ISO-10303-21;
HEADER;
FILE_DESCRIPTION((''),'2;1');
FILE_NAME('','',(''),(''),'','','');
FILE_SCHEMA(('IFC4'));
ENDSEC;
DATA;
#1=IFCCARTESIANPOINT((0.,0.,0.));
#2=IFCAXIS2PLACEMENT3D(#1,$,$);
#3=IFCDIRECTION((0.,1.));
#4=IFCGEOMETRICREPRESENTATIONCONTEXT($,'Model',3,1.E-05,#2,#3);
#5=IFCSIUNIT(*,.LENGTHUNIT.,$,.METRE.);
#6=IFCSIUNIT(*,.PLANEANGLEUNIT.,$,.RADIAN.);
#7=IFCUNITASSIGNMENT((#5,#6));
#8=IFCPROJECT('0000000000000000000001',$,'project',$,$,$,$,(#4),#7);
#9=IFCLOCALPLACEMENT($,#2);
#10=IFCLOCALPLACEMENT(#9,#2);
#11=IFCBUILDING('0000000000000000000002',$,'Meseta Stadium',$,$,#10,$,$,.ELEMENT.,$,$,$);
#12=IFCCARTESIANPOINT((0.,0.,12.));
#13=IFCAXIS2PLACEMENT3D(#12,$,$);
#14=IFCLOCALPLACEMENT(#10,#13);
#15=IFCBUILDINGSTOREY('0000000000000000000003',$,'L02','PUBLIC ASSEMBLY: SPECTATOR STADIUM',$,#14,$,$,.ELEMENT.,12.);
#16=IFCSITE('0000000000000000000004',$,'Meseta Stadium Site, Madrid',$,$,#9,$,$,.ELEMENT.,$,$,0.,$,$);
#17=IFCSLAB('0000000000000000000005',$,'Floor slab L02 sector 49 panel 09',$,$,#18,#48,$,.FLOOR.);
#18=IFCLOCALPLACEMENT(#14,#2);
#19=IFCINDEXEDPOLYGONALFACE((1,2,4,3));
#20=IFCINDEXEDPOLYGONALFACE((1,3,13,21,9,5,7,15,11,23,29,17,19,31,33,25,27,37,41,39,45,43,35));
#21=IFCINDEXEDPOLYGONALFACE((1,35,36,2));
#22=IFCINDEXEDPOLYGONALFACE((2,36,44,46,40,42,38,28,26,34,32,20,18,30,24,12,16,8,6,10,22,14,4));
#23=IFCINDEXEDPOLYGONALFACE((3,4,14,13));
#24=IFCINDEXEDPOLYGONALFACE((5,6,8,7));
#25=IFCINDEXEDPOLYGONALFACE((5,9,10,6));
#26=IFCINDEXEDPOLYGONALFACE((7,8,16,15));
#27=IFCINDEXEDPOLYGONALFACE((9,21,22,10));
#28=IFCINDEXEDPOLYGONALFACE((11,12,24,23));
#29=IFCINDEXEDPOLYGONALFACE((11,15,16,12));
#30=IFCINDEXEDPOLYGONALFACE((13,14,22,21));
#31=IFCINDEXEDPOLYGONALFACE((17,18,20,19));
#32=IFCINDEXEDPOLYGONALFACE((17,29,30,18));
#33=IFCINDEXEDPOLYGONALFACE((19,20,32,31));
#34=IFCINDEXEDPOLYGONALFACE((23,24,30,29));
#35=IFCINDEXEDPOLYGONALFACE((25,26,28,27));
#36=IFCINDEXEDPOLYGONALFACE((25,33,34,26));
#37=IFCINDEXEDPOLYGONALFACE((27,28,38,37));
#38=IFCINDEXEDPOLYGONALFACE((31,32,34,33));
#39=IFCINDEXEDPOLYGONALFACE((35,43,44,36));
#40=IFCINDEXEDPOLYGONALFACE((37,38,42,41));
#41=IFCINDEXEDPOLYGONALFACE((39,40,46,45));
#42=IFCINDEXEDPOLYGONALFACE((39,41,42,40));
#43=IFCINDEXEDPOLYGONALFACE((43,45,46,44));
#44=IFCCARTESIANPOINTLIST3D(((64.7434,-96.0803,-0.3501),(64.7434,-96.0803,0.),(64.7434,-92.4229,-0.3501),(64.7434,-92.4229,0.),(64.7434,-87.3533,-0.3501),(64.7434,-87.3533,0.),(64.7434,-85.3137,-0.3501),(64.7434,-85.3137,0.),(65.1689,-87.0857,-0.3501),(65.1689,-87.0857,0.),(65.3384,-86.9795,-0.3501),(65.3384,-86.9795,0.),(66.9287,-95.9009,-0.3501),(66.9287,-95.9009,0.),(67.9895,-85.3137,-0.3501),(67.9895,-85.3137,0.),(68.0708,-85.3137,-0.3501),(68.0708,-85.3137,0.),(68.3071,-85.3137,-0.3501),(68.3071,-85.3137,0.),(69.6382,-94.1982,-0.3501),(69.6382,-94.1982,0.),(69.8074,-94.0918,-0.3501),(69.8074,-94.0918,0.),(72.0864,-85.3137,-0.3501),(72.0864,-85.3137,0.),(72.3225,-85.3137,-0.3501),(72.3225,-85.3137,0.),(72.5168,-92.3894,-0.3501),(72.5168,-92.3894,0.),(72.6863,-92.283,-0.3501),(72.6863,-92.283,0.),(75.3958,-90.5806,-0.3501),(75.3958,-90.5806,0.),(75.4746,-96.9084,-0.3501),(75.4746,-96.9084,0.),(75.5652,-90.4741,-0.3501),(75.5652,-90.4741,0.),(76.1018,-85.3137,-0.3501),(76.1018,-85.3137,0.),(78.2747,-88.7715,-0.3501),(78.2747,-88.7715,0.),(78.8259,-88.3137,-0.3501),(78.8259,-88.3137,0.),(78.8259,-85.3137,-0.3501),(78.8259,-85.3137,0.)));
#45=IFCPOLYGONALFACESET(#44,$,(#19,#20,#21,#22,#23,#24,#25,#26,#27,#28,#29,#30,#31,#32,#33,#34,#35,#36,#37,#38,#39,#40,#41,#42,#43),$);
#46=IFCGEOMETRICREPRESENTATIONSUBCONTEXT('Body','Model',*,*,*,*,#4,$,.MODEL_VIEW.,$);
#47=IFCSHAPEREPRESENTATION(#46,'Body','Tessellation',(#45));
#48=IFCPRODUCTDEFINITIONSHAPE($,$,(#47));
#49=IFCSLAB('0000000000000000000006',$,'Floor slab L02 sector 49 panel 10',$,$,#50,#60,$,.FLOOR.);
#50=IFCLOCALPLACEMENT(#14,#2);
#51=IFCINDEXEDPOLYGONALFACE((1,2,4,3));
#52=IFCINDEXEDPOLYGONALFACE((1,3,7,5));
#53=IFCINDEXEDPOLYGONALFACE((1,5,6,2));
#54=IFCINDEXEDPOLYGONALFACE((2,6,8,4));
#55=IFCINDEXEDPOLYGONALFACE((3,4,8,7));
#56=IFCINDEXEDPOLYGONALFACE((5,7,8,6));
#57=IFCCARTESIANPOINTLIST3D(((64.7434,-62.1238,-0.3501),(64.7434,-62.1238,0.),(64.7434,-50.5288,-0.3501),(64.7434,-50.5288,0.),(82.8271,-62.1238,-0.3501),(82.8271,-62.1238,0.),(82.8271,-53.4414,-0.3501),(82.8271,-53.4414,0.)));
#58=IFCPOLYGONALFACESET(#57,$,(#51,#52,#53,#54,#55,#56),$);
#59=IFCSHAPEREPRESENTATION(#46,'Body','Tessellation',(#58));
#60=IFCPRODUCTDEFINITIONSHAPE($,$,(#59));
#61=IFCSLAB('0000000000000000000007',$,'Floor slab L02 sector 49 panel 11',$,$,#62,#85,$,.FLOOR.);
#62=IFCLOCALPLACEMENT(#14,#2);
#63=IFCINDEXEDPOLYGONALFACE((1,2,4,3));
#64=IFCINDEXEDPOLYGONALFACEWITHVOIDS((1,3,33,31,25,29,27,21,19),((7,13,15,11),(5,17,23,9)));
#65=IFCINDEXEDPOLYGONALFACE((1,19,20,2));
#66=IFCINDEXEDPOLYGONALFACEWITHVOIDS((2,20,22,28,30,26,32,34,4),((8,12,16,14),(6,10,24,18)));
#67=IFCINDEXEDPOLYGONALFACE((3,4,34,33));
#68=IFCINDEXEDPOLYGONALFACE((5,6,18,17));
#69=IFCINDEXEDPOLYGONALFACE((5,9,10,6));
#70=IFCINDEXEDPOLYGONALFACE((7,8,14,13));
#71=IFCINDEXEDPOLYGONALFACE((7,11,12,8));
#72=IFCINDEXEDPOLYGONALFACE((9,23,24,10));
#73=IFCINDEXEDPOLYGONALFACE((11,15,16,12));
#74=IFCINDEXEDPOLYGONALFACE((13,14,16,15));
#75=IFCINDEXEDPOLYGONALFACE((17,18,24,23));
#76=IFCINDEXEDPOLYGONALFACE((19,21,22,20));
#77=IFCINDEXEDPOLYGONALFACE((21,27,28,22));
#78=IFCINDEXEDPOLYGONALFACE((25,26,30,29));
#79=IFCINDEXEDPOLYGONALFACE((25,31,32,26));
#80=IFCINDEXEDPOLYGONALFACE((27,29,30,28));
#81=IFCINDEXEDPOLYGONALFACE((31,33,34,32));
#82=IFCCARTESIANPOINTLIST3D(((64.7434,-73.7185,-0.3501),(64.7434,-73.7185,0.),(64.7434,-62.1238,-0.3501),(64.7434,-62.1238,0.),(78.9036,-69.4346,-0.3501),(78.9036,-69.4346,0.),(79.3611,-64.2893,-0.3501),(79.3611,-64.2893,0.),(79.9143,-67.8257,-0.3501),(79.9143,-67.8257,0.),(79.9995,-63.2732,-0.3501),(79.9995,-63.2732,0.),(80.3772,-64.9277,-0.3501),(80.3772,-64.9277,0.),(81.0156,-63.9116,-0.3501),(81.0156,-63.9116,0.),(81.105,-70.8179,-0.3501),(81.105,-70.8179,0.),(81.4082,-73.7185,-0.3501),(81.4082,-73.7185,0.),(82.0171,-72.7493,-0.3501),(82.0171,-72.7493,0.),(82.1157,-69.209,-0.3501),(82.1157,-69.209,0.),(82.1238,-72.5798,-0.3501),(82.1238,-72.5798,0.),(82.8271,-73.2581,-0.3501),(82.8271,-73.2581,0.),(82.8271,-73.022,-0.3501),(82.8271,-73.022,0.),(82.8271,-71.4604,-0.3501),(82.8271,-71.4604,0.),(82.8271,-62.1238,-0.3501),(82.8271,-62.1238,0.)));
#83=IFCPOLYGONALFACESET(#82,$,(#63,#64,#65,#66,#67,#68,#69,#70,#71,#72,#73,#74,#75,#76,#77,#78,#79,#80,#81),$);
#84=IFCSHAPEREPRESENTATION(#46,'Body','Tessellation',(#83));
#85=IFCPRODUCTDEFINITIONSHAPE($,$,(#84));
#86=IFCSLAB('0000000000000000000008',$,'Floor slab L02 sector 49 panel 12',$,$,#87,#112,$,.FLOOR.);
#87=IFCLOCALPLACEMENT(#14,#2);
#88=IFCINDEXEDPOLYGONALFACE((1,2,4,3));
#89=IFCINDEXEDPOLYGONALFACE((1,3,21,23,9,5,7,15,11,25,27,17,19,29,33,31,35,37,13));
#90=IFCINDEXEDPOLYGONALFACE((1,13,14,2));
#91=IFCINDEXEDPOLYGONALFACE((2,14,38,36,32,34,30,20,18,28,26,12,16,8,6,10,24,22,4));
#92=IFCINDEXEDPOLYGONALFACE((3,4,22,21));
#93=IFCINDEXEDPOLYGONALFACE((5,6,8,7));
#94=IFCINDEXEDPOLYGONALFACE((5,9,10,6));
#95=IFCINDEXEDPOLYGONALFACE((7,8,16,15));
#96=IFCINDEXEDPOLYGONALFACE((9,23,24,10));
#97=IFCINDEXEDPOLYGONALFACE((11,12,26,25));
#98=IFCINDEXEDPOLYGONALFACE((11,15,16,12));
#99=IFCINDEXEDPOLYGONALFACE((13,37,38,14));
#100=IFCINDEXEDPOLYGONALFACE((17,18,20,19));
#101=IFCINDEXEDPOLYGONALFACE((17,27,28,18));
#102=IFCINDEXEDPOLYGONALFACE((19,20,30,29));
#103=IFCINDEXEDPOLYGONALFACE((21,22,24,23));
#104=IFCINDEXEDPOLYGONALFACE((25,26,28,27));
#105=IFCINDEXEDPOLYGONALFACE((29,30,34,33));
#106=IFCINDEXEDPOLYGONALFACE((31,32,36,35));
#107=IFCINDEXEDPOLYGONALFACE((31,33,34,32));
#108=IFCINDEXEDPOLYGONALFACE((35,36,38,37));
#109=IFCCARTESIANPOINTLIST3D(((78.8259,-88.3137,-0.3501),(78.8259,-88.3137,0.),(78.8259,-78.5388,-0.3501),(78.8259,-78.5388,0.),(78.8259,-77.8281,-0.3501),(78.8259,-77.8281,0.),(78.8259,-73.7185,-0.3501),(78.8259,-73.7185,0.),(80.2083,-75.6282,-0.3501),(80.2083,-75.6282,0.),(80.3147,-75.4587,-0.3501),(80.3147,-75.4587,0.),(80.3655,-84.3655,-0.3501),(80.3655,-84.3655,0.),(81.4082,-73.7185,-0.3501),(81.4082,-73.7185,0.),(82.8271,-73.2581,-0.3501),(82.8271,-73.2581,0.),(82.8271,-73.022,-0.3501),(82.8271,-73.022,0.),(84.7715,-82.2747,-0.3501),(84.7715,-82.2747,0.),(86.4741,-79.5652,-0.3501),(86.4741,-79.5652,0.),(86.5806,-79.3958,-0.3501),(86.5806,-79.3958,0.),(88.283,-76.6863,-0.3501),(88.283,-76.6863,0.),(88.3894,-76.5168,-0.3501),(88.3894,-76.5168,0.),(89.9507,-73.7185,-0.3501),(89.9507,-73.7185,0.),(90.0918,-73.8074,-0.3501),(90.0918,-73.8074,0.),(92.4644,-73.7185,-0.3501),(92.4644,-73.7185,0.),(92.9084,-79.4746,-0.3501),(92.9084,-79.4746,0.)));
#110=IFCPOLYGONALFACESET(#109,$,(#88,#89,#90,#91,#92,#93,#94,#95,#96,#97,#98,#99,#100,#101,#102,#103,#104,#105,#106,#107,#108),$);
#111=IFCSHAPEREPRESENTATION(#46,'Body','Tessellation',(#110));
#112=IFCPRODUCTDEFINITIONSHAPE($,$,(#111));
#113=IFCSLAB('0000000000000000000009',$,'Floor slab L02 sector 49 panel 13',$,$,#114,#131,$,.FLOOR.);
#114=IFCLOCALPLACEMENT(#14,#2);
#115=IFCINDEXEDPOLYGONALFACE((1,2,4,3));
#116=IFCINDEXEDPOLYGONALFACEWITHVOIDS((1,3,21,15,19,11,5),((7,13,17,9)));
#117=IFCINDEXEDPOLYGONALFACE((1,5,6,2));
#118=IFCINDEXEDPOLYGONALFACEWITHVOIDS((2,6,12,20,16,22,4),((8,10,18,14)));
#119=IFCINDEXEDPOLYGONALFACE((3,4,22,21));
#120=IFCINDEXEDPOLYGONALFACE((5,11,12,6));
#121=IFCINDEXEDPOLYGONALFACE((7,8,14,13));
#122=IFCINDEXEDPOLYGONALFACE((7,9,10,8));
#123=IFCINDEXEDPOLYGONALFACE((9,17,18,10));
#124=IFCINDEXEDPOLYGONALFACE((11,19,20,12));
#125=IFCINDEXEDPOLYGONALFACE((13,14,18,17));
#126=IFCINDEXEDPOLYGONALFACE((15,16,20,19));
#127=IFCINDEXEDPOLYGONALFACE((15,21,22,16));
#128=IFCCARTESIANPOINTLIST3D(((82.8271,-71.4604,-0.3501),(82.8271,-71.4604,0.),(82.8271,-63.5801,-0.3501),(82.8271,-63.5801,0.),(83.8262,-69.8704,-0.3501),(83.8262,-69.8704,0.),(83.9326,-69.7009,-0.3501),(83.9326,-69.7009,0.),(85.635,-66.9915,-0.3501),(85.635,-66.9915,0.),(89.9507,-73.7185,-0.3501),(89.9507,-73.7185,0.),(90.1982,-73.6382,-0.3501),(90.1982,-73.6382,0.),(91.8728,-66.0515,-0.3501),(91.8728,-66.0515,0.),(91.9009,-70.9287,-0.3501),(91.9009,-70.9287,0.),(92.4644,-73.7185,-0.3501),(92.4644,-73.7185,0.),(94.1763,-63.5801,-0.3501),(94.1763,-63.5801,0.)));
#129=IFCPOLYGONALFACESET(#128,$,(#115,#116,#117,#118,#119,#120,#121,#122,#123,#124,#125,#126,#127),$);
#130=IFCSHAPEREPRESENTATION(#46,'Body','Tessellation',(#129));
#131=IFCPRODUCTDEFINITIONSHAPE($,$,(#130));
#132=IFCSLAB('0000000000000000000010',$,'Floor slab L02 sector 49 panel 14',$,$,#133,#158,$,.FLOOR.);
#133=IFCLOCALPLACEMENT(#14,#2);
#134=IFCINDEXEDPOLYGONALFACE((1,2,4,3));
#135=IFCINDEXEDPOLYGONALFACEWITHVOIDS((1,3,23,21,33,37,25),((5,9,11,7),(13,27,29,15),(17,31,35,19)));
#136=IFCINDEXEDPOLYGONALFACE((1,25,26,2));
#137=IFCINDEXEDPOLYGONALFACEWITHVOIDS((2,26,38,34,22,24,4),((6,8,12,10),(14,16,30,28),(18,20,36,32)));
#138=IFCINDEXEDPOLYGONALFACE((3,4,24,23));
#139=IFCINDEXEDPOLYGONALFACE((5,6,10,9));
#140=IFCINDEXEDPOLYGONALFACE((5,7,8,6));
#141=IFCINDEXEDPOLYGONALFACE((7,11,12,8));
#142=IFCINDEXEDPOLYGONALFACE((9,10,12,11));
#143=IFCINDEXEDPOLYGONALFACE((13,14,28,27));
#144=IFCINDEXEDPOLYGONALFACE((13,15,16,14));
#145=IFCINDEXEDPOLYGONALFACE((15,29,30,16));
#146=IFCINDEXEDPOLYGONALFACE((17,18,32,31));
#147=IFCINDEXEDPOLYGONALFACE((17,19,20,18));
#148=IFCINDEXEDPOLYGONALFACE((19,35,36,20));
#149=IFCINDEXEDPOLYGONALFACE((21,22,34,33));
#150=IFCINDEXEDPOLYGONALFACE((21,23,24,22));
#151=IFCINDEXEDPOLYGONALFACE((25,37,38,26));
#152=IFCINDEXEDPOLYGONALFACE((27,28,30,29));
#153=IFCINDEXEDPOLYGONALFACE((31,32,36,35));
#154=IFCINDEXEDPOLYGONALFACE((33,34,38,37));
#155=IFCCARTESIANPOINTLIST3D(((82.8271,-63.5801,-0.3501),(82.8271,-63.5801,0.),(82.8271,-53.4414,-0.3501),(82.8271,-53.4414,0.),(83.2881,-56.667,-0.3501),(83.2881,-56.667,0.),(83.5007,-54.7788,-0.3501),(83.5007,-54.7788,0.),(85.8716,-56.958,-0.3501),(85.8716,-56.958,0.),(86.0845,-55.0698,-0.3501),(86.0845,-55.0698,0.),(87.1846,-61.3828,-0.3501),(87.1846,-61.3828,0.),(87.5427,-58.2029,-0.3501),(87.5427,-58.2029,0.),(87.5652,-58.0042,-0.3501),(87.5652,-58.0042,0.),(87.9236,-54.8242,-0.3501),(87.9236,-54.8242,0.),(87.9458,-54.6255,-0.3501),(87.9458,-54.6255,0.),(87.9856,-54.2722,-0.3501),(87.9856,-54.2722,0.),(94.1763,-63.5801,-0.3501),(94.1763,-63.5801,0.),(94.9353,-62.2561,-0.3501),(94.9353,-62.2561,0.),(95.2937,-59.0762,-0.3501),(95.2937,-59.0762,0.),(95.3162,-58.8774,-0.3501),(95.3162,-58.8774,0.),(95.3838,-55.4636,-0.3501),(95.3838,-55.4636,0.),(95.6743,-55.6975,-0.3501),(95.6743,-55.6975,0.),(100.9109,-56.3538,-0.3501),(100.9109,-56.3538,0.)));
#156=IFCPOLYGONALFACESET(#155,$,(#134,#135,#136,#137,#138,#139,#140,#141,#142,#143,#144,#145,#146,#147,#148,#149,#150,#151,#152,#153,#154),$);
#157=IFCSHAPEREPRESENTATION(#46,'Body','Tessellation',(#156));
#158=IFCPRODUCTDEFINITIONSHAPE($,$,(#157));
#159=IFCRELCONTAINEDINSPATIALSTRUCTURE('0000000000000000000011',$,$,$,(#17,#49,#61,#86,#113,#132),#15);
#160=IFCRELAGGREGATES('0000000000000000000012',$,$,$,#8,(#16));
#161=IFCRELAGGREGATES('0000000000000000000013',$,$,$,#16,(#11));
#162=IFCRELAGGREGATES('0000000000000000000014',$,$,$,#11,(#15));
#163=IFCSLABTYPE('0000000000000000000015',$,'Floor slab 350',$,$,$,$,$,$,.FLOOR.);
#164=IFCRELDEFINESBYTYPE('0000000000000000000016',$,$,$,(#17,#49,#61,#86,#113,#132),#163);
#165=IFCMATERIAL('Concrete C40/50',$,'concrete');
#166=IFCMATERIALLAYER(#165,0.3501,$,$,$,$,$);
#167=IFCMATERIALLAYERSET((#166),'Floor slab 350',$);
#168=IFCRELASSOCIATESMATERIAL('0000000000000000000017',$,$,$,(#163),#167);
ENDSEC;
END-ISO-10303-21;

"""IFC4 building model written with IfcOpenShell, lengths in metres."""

from ifc_helpers import new_model, si_unit, direction, frame, origin, place, context, subcontext, project, spatial, polyline, outline, extrude, material, layer, layer_set, type_object, element, save


model = new_model("IFC4")

# Units and contexts
model_context = context("Model", 3, precision=1e-05, world=origin(), true_north=direction((0.0, 1.0)))
body_context = subcontext(model_context, "Body", "Model", "MODEL_VIEW")
ifc_project = project(units=[si_unit("LENGTHUNIT", "METRE"), si_unit("PLANEANGLEUNIT", "RADIAN")], contexts=[model_context])

# Site, building, storey
site_placement = place(None, origin())
site = spatial("IfcSite", under=ifc_project, at=site_placement, Name="Meseta Stadium Site, Madrid", CompositionType="ELEMENT", RefElevation=0.0)
building_placement = place(site_placement, origin())
building = spatial("IfcBuilding", under=site, at=building_placement, Name="Meseta Stadium", CompositionType="ELEMENT")
storey_placement = place(building_placement, frame((0.0, 0.0, 12.0)))
storey = spatial("IfcBuildingStorey", under=building, at=storey_placement, Name="L02", Description="PUBLIC ASSEMBLY: SPECTATOR STADIUM", CompositionType="ELEMENT", Elevation=12.0)

# Slabs
ifc_material_1 = material(Name="Concrete C40/50", Category="concrete")
ifc_layer_1 = layer(ifc_material_1, 0.3501)
ifc_layer_set_1 = layer_set([ifc_layer_1], Name="Floor slab 350")
slab_type_1 = type_object("IfcSlabType", Name="Floor slab 350", PredefinedType="FLOOR", material=ifc_layer_set_1)
slab_1_placement = place(storey_placement, frame((0.0, 0.0, -0.3501)))
element("IfcSlab", 1, at=slab_1_placement, inside=storey, type_object=slab_type_1, Name="Floor slab L02 sector 49 panel 09", PredefinedType="FLOOR", context=body_context, shape_type="SweptSolid", body=[
    extrude(outline(polyline([(64.7434, -92.4229), (64.7434, -96.0803), (75.4746, -96.9084), (78.8259, -88.3137), (78.8259, -85.3137), (76.1018, -85.3137), (78.2747, -88.7715), (75.5652, -90.4741), (72.3225, -85.3137), (72.0864, -85.3137), (75.3958, -90.5806), (72.6863, -92.283), (68.3071, -85.3137), (68.0708, -85.3137), (72.5168, -92.3894), (69.8074, -94.0918), (65.3384, -86.9795), (67.9895, -85.3137), (64.7434, -85.3137), (64.7434, -87.3533), (65.1689, -87.0857), (69.6382, -94.1982), (66.9287, -95.9009), (64.7434, -92.4229)])), origin(), (0.0, 0.0, 1.0), 0.3501),
])
slab_2_placement = place(storey_placement, frame((0.0, 0.0, -0.3501)))
element("IfcSlab", 2, at=slab_2_placement, inside=storey, type_object=slab_type_1, Name="Floor slab L02 sector 49 panel 10", PredefinedType="FLOOR", context=body_context, shape_type="SweptSolid", body=[
    extrude(outline(polyline([(82.8271, -53.4414), (64.7434, -50.5288), (64.7434, -62.1238), (82.8271, -62.1238), (82.8271, -53.4414)])), origin(), (0.0, 0.0, 1.0), 0.3501),
])
slab_3_placement = place(storey_placement, frame((0.0, 0.0, -0.3501)))
element("IfcSlab", 3, at=slab_3_placement, inside=storey, type_object=slab_type_1, Name="Floor slab L02 sector 49 panel 11", PredefinedType="FLOOR", context=body_context, shape_type="SweptSolid", body=[
    extrude(outline(polyline([(82.8271, -73.2581), (82.8271, -73.022), (82.1238, -72.5798), (82.8271, -71.4604), (82.8271, -62.1238), (64.7434, -62.1238), (64.7434, -73.7185), (81.4082, -73.7185), (82.0171, -72.7493), (82.8271, -73.2581)]), holes=[polyline([(82.1157, -69.209), (81.105, -70.8179), (78.9036, -69.4346), (79.9143, -67.8257), (82.1157, -69.209)]), polyline([(79.9995, -63.2732), (81.0156, -63.9116), (80.3772, -64.9277), (79.3611, -64.2893), (79.9995, -63.2732)])]), origin(), (0.0, 0.0, 1.0), 0.3501),
])
slab_4_placement = place(storey_placement, frame((0.0, 0.0, -0.3501)))
element("IfcSlab", 4, at=slab_4_placement, inside=storey, type_object=slab_type_1, Name="Floor slab L02 sector 49 panel 12", PredefinedType="FLOOR", context=body_context, shape_type="SweptSolid", body=[
    extrude(outline(polyline([(82.8271, -73.022), (82.8271, -73.2581), (88.283, -76.6863), (86.5806, -79.3958), (80.3147, -75.4587), (81.4082, -73.7185), (78.8259, -73.7185), (78.8259, -77.8281), (80.2083, -75.6282), (86.4741, -79.5652), (84.7715, -82.2747), (78.8259, -78.5388), (78.8259, -88.3137), (80.3655, -84.3655), (92.9084, -79.4746), (92.4644, -73.7185), (89.9507, -73.7185), (90.0918, -73.8074), (88.3894, -76.5168), (82.8271, -73.022)])), origin(), (0.0, 0.0, 1.0), 0.3501),
])
slab_5_placement = place(storey_placement, frame((0.0, 0.0, -0.3501)))
element("IfcSlab", 5, at=slab_5_placement, inside=storey, type_object=slab_type_1, Name="Floor slab L02 sector 49 panel 13", PredefinedType="FLOOR", context=body_context, shape_type="SweptSolid", body=[
    extrude(outline(polyline([(92.4644, -73.7185), (91.8728, -66.0515), (94.1763, -63.5801), (82.8271, -63.5801), (82.8271, -71.4604), (83.8262, -69.8704), (89.9507, -73.7185), (92.4644, -73.7185)]), holes=[polyline([(85.635, -66.9915), (91.9009, -70.9287), (90.1982, -73.6382), (83.9326, -69.7009), (85.635, -66.9915)])]), origin(), (0.0, 0.0, 1.0), 0.3501),
])
slab_6_placement = place(storey_placement, frame((0.0, 0.0, -0.3501)))
element("IfcSlab", 6, at=slab_6_placement, inside=storey, type_object=slab_type_1, Name="Floor slab L02 sector 49 panel 14", PredefinedType="FLOOR", context=body_context, shape_type="SweptSolid", body=[
    extrude(outline(polyline([(94.1763, -63.5801), (100.9109, -56.3538), (95.3838, -55.4636), (87.9458, -54.6255), (87.9856, -54.2722), (82.8271, -53.4414), (82.8271, -63.5801), (94.1763, -63.5801)]), holes=[polyline([(87.5427, -58.2029), (95.2937, -59.0762), (94.9353, -62.2561), (87.1846, -61.3828), (87.5427, -58.2029)]), polyline([(87.9236, -54.8242), (95.6743, -55.6975), (95.3162, -58.8774), (87.5652, -58.0042), (87.9236, -54.8242)]), polyline([(83.5007, -54.7788), (86.0845, -55.0698), (85.8716, -56.958), (83.2881, -56.667), (83.5007, -54.7788)])]), origin(), (0.0, 0.0, 1.0), 0.3501),
])

save(model, "model.ifc")
